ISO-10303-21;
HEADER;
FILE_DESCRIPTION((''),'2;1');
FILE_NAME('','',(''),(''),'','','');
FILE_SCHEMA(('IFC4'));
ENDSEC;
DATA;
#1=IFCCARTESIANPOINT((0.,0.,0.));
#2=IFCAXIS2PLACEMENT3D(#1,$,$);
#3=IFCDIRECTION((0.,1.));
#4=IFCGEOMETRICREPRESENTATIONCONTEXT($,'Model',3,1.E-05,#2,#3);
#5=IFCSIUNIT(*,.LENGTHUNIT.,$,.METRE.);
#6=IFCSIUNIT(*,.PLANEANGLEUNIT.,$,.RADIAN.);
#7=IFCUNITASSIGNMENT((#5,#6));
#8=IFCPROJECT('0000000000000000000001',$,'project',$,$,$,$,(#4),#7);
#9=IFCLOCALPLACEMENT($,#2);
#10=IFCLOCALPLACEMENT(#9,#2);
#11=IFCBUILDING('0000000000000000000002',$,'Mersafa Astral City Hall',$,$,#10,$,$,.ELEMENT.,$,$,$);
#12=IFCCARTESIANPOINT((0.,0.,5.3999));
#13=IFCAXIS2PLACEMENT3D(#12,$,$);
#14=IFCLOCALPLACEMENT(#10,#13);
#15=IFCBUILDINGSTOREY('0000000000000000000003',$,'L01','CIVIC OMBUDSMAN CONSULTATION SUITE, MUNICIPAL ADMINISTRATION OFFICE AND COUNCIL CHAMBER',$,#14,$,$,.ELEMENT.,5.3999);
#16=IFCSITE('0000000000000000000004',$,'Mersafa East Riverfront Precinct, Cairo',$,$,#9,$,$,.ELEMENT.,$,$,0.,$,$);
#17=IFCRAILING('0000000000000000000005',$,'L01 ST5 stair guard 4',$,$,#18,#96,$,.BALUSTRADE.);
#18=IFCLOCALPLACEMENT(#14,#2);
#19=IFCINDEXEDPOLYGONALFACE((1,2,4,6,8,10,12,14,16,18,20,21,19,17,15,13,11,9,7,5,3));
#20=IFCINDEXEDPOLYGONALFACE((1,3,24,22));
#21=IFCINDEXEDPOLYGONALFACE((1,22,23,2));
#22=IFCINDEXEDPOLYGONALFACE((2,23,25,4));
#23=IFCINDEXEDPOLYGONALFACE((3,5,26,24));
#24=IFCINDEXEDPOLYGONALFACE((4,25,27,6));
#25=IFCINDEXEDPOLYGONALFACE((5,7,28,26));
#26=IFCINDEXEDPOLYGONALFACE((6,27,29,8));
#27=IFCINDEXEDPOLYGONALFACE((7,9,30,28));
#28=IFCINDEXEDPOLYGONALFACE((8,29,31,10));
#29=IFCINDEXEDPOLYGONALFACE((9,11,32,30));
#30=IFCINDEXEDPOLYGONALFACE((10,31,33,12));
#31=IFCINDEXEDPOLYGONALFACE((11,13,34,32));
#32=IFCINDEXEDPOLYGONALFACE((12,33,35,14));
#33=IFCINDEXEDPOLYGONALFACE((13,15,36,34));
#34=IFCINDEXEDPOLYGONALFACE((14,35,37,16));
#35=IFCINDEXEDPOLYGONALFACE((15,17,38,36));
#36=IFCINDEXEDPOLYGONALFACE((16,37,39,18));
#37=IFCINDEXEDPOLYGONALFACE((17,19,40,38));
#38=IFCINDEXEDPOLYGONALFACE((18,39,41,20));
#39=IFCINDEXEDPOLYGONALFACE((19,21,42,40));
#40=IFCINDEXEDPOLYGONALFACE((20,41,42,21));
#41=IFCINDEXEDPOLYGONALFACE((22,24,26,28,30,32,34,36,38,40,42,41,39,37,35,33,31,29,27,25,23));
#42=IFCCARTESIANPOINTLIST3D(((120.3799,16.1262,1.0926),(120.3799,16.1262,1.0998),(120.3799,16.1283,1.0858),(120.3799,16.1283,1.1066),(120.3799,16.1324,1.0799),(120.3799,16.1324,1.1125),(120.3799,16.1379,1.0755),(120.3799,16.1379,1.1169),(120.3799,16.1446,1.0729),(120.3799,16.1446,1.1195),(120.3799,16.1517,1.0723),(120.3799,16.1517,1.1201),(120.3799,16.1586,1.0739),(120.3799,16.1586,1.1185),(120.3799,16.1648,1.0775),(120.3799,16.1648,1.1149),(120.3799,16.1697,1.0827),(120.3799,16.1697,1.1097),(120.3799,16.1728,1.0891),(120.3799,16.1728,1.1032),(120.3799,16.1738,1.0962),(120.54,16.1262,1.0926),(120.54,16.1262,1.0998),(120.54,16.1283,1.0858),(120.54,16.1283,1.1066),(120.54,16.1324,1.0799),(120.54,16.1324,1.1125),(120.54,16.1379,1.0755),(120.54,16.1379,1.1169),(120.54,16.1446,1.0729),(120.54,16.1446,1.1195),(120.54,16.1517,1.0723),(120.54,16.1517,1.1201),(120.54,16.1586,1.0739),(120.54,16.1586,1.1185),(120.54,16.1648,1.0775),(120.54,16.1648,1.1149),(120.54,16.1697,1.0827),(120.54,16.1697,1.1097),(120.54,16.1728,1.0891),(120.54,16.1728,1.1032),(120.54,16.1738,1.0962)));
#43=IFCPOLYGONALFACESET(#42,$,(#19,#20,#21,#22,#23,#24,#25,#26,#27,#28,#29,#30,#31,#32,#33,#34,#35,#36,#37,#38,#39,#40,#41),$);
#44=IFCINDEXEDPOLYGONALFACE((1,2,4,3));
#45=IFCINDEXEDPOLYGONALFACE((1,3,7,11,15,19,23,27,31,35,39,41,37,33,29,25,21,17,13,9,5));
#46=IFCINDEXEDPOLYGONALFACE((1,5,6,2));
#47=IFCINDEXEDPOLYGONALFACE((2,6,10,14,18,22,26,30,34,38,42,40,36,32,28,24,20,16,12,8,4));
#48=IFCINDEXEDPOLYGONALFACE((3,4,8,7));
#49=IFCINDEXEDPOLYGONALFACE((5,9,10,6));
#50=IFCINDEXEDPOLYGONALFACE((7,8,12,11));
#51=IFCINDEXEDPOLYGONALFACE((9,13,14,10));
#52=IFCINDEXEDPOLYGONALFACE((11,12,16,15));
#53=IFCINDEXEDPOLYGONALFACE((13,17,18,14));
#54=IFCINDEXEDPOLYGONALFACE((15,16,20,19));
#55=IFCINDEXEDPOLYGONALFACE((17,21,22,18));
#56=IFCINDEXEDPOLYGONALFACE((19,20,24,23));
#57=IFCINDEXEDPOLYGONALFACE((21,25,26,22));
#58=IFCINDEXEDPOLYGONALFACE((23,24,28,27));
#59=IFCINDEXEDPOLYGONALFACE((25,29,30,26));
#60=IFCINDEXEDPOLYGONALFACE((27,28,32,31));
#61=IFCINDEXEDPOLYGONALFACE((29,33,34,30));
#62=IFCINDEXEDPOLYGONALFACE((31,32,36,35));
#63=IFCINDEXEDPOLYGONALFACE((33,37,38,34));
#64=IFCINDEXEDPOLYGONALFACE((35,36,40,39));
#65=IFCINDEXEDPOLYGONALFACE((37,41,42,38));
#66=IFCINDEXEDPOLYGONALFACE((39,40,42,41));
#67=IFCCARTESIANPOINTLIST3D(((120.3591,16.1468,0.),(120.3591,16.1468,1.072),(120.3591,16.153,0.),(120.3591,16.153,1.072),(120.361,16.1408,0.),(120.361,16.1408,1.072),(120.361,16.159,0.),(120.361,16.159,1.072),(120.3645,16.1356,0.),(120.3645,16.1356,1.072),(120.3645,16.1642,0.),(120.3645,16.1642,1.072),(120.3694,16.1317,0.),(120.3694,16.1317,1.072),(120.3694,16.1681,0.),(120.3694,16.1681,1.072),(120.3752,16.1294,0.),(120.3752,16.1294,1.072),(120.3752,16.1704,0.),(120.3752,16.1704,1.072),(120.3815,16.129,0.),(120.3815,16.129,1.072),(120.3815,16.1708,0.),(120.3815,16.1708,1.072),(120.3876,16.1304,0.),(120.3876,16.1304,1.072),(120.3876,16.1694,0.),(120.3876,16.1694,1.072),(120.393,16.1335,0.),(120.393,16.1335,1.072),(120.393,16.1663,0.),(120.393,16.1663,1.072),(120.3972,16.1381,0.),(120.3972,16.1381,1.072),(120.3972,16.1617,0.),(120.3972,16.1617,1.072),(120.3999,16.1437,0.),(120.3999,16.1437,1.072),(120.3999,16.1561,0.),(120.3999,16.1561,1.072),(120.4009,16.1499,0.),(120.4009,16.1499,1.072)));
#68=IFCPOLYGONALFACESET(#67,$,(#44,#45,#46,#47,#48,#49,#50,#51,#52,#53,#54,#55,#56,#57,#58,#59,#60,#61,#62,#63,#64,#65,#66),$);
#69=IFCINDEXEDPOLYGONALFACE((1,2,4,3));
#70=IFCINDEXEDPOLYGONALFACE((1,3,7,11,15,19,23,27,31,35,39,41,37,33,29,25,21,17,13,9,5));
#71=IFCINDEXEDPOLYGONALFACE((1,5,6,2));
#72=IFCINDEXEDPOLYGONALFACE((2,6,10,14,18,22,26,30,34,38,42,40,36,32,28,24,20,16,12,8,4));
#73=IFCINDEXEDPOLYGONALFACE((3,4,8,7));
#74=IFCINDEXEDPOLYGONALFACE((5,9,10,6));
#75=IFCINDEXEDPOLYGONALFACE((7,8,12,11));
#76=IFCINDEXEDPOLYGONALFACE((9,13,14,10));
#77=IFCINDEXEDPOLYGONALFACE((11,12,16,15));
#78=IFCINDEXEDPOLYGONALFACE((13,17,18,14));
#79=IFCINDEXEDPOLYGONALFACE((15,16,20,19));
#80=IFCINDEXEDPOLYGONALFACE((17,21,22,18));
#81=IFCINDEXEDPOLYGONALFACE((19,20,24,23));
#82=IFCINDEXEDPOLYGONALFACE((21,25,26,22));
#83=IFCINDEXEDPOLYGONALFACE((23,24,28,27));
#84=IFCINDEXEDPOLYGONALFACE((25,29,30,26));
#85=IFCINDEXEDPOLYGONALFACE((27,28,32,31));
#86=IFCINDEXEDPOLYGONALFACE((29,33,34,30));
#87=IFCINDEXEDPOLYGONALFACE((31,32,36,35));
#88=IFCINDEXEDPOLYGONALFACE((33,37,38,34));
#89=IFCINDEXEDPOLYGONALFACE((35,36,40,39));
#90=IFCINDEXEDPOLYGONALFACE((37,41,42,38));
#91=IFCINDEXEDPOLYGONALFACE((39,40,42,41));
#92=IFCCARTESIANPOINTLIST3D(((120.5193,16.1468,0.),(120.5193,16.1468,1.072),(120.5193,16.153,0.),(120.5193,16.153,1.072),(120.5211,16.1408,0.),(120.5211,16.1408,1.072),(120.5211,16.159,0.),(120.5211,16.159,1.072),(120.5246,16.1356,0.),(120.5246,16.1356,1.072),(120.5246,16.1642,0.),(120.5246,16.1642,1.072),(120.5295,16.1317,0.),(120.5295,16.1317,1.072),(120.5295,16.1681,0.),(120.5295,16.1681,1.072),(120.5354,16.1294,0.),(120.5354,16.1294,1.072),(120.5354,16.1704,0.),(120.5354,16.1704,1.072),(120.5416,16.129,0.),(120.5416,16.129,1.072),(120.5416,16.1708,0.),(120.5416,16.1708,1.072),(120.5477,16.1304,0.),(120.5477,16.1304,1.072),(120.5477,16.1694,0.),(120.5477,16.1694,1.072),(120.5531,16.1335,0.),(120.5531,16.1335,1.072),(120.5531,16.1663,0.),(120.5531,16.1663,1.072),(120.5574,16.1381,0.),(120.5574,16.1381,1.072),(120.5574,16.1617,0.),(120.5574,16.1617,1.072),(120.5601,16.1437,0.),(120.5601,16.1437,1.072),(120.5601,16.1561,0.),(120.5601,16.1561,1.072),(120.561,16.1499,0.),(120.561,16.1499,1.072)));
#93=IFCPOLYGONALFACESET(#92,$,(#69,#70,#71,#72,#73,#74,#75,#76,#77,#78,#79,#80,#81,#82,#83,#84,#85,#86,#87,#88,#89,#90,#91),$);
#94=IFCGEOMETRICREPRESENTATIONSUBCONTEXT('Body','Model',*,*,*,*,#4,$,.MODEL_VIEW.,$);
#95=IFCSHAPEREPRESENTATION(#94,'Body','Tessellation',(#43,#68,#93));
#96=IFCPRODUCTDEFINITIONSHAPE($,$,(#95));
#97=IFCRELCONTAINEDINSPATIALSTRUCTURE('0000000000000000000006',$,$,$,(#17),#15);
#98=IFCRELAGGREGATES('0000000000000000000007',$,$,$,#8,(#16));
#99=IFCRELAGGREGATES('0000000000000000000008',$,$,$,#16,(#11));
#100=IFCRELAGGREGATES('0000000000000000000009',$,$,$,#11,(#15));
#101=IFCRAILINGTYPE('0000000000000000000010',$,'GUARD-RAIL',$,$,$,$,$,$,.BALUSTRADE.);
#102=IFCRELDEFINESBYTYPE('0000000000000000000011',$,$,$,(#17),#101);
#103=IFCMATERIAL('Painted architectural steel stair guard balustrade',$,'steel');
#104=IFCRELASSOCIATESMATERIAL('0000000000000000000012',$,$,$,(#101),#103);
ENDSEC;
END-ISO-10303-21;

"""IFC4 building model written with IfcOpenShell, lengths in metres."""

from ifc_helpers import new_model, si_unit, direction, frame, origin, origin_2d, place, context, subcontext, project, spatial, circle, extrude, material, type_object, element, save


model = new_model("IFC4")

# Units and contexts
model_context = context("Model", 3, precision=1e-05, world=origin(), true_north=direction((0.0, 1.0)))
body_context = subcontext(model_context, "Body", "Model", "MODEL_VIEW")
ifc_project = project(units=[si_unit("LENGTHUNIT", "METRE"), si_unit("PLANEANGLEUNIT", "RADIAN")], contexts=[model_context])

# Site, building, storey
site_placement = place(None, origin())
site = spatial("IfcSite", under=ifc_project, at=site_placement, Name="Mersafa East Riverfront Precinct, Cairo", CompositionType="ELEMENT", RefElevation=0.0)
building_placement = place(site_placement, origin())
building = spatial("IfcBuilding", under=site, at=building_placement, Name="Mersafa Astral City Hall", CompositionType="ELEMENT")
storey_placement = place(building_placement, frame((0.0, 0.0, 5.3999)))
storey = spatial("IfcBuildingStorey", under=building, at=storey_placement, Name="L01", Description="CIVIC OMBUDSMAN CONSULTATION SUITE, MUNICIPAL ADMINISTRATION OFFICE AND COUNCIL CHAMBER", CompositionType="ELEMENT", Elevation=5.3999)

# Railing
ifc_material_1 = material(Name="Painted architectural steel stair guard balustrade", Category="steel")
railing_type_1 = type_object("IfcRailingType", Name="GUARD-RAIL", PredefinedType="BALUSTRADE", material=ifc_material_1)
railing_1_placement = place(storey_placement, frame((120.3799, 16.1499, 0.0)))
element("IfcRailing", 1, at=railing_1_placement, inside=storey, type_object=railing_type_1, Name="L01 ST5 stair guard 4", PredefinedType="BALUSTRADE", context=body_context, shape_type="SweptSolid", body=[
    extrude(circle(Radius=0.0239, at=origin_2d()), frame((0.0, 0.0, 1.0962), z_axis=(1.0, 0.0, 0.0), x_axis=(0.0, 1.0, 0.0)), (0.0, 0.0, 1.0), 0.1602),
    extrude(circle(Radius=0.021, at=origin_2d()), origin(), (0.0, 0.0, 1.0), 1.072),
    extrude(circle(Radius=0.021, at=origin_2d()), frame((0.1602, 0.0, 0.0)), (0.0, 0.0, 1.0), 1.072),
])

save(model, "model.ifc")
